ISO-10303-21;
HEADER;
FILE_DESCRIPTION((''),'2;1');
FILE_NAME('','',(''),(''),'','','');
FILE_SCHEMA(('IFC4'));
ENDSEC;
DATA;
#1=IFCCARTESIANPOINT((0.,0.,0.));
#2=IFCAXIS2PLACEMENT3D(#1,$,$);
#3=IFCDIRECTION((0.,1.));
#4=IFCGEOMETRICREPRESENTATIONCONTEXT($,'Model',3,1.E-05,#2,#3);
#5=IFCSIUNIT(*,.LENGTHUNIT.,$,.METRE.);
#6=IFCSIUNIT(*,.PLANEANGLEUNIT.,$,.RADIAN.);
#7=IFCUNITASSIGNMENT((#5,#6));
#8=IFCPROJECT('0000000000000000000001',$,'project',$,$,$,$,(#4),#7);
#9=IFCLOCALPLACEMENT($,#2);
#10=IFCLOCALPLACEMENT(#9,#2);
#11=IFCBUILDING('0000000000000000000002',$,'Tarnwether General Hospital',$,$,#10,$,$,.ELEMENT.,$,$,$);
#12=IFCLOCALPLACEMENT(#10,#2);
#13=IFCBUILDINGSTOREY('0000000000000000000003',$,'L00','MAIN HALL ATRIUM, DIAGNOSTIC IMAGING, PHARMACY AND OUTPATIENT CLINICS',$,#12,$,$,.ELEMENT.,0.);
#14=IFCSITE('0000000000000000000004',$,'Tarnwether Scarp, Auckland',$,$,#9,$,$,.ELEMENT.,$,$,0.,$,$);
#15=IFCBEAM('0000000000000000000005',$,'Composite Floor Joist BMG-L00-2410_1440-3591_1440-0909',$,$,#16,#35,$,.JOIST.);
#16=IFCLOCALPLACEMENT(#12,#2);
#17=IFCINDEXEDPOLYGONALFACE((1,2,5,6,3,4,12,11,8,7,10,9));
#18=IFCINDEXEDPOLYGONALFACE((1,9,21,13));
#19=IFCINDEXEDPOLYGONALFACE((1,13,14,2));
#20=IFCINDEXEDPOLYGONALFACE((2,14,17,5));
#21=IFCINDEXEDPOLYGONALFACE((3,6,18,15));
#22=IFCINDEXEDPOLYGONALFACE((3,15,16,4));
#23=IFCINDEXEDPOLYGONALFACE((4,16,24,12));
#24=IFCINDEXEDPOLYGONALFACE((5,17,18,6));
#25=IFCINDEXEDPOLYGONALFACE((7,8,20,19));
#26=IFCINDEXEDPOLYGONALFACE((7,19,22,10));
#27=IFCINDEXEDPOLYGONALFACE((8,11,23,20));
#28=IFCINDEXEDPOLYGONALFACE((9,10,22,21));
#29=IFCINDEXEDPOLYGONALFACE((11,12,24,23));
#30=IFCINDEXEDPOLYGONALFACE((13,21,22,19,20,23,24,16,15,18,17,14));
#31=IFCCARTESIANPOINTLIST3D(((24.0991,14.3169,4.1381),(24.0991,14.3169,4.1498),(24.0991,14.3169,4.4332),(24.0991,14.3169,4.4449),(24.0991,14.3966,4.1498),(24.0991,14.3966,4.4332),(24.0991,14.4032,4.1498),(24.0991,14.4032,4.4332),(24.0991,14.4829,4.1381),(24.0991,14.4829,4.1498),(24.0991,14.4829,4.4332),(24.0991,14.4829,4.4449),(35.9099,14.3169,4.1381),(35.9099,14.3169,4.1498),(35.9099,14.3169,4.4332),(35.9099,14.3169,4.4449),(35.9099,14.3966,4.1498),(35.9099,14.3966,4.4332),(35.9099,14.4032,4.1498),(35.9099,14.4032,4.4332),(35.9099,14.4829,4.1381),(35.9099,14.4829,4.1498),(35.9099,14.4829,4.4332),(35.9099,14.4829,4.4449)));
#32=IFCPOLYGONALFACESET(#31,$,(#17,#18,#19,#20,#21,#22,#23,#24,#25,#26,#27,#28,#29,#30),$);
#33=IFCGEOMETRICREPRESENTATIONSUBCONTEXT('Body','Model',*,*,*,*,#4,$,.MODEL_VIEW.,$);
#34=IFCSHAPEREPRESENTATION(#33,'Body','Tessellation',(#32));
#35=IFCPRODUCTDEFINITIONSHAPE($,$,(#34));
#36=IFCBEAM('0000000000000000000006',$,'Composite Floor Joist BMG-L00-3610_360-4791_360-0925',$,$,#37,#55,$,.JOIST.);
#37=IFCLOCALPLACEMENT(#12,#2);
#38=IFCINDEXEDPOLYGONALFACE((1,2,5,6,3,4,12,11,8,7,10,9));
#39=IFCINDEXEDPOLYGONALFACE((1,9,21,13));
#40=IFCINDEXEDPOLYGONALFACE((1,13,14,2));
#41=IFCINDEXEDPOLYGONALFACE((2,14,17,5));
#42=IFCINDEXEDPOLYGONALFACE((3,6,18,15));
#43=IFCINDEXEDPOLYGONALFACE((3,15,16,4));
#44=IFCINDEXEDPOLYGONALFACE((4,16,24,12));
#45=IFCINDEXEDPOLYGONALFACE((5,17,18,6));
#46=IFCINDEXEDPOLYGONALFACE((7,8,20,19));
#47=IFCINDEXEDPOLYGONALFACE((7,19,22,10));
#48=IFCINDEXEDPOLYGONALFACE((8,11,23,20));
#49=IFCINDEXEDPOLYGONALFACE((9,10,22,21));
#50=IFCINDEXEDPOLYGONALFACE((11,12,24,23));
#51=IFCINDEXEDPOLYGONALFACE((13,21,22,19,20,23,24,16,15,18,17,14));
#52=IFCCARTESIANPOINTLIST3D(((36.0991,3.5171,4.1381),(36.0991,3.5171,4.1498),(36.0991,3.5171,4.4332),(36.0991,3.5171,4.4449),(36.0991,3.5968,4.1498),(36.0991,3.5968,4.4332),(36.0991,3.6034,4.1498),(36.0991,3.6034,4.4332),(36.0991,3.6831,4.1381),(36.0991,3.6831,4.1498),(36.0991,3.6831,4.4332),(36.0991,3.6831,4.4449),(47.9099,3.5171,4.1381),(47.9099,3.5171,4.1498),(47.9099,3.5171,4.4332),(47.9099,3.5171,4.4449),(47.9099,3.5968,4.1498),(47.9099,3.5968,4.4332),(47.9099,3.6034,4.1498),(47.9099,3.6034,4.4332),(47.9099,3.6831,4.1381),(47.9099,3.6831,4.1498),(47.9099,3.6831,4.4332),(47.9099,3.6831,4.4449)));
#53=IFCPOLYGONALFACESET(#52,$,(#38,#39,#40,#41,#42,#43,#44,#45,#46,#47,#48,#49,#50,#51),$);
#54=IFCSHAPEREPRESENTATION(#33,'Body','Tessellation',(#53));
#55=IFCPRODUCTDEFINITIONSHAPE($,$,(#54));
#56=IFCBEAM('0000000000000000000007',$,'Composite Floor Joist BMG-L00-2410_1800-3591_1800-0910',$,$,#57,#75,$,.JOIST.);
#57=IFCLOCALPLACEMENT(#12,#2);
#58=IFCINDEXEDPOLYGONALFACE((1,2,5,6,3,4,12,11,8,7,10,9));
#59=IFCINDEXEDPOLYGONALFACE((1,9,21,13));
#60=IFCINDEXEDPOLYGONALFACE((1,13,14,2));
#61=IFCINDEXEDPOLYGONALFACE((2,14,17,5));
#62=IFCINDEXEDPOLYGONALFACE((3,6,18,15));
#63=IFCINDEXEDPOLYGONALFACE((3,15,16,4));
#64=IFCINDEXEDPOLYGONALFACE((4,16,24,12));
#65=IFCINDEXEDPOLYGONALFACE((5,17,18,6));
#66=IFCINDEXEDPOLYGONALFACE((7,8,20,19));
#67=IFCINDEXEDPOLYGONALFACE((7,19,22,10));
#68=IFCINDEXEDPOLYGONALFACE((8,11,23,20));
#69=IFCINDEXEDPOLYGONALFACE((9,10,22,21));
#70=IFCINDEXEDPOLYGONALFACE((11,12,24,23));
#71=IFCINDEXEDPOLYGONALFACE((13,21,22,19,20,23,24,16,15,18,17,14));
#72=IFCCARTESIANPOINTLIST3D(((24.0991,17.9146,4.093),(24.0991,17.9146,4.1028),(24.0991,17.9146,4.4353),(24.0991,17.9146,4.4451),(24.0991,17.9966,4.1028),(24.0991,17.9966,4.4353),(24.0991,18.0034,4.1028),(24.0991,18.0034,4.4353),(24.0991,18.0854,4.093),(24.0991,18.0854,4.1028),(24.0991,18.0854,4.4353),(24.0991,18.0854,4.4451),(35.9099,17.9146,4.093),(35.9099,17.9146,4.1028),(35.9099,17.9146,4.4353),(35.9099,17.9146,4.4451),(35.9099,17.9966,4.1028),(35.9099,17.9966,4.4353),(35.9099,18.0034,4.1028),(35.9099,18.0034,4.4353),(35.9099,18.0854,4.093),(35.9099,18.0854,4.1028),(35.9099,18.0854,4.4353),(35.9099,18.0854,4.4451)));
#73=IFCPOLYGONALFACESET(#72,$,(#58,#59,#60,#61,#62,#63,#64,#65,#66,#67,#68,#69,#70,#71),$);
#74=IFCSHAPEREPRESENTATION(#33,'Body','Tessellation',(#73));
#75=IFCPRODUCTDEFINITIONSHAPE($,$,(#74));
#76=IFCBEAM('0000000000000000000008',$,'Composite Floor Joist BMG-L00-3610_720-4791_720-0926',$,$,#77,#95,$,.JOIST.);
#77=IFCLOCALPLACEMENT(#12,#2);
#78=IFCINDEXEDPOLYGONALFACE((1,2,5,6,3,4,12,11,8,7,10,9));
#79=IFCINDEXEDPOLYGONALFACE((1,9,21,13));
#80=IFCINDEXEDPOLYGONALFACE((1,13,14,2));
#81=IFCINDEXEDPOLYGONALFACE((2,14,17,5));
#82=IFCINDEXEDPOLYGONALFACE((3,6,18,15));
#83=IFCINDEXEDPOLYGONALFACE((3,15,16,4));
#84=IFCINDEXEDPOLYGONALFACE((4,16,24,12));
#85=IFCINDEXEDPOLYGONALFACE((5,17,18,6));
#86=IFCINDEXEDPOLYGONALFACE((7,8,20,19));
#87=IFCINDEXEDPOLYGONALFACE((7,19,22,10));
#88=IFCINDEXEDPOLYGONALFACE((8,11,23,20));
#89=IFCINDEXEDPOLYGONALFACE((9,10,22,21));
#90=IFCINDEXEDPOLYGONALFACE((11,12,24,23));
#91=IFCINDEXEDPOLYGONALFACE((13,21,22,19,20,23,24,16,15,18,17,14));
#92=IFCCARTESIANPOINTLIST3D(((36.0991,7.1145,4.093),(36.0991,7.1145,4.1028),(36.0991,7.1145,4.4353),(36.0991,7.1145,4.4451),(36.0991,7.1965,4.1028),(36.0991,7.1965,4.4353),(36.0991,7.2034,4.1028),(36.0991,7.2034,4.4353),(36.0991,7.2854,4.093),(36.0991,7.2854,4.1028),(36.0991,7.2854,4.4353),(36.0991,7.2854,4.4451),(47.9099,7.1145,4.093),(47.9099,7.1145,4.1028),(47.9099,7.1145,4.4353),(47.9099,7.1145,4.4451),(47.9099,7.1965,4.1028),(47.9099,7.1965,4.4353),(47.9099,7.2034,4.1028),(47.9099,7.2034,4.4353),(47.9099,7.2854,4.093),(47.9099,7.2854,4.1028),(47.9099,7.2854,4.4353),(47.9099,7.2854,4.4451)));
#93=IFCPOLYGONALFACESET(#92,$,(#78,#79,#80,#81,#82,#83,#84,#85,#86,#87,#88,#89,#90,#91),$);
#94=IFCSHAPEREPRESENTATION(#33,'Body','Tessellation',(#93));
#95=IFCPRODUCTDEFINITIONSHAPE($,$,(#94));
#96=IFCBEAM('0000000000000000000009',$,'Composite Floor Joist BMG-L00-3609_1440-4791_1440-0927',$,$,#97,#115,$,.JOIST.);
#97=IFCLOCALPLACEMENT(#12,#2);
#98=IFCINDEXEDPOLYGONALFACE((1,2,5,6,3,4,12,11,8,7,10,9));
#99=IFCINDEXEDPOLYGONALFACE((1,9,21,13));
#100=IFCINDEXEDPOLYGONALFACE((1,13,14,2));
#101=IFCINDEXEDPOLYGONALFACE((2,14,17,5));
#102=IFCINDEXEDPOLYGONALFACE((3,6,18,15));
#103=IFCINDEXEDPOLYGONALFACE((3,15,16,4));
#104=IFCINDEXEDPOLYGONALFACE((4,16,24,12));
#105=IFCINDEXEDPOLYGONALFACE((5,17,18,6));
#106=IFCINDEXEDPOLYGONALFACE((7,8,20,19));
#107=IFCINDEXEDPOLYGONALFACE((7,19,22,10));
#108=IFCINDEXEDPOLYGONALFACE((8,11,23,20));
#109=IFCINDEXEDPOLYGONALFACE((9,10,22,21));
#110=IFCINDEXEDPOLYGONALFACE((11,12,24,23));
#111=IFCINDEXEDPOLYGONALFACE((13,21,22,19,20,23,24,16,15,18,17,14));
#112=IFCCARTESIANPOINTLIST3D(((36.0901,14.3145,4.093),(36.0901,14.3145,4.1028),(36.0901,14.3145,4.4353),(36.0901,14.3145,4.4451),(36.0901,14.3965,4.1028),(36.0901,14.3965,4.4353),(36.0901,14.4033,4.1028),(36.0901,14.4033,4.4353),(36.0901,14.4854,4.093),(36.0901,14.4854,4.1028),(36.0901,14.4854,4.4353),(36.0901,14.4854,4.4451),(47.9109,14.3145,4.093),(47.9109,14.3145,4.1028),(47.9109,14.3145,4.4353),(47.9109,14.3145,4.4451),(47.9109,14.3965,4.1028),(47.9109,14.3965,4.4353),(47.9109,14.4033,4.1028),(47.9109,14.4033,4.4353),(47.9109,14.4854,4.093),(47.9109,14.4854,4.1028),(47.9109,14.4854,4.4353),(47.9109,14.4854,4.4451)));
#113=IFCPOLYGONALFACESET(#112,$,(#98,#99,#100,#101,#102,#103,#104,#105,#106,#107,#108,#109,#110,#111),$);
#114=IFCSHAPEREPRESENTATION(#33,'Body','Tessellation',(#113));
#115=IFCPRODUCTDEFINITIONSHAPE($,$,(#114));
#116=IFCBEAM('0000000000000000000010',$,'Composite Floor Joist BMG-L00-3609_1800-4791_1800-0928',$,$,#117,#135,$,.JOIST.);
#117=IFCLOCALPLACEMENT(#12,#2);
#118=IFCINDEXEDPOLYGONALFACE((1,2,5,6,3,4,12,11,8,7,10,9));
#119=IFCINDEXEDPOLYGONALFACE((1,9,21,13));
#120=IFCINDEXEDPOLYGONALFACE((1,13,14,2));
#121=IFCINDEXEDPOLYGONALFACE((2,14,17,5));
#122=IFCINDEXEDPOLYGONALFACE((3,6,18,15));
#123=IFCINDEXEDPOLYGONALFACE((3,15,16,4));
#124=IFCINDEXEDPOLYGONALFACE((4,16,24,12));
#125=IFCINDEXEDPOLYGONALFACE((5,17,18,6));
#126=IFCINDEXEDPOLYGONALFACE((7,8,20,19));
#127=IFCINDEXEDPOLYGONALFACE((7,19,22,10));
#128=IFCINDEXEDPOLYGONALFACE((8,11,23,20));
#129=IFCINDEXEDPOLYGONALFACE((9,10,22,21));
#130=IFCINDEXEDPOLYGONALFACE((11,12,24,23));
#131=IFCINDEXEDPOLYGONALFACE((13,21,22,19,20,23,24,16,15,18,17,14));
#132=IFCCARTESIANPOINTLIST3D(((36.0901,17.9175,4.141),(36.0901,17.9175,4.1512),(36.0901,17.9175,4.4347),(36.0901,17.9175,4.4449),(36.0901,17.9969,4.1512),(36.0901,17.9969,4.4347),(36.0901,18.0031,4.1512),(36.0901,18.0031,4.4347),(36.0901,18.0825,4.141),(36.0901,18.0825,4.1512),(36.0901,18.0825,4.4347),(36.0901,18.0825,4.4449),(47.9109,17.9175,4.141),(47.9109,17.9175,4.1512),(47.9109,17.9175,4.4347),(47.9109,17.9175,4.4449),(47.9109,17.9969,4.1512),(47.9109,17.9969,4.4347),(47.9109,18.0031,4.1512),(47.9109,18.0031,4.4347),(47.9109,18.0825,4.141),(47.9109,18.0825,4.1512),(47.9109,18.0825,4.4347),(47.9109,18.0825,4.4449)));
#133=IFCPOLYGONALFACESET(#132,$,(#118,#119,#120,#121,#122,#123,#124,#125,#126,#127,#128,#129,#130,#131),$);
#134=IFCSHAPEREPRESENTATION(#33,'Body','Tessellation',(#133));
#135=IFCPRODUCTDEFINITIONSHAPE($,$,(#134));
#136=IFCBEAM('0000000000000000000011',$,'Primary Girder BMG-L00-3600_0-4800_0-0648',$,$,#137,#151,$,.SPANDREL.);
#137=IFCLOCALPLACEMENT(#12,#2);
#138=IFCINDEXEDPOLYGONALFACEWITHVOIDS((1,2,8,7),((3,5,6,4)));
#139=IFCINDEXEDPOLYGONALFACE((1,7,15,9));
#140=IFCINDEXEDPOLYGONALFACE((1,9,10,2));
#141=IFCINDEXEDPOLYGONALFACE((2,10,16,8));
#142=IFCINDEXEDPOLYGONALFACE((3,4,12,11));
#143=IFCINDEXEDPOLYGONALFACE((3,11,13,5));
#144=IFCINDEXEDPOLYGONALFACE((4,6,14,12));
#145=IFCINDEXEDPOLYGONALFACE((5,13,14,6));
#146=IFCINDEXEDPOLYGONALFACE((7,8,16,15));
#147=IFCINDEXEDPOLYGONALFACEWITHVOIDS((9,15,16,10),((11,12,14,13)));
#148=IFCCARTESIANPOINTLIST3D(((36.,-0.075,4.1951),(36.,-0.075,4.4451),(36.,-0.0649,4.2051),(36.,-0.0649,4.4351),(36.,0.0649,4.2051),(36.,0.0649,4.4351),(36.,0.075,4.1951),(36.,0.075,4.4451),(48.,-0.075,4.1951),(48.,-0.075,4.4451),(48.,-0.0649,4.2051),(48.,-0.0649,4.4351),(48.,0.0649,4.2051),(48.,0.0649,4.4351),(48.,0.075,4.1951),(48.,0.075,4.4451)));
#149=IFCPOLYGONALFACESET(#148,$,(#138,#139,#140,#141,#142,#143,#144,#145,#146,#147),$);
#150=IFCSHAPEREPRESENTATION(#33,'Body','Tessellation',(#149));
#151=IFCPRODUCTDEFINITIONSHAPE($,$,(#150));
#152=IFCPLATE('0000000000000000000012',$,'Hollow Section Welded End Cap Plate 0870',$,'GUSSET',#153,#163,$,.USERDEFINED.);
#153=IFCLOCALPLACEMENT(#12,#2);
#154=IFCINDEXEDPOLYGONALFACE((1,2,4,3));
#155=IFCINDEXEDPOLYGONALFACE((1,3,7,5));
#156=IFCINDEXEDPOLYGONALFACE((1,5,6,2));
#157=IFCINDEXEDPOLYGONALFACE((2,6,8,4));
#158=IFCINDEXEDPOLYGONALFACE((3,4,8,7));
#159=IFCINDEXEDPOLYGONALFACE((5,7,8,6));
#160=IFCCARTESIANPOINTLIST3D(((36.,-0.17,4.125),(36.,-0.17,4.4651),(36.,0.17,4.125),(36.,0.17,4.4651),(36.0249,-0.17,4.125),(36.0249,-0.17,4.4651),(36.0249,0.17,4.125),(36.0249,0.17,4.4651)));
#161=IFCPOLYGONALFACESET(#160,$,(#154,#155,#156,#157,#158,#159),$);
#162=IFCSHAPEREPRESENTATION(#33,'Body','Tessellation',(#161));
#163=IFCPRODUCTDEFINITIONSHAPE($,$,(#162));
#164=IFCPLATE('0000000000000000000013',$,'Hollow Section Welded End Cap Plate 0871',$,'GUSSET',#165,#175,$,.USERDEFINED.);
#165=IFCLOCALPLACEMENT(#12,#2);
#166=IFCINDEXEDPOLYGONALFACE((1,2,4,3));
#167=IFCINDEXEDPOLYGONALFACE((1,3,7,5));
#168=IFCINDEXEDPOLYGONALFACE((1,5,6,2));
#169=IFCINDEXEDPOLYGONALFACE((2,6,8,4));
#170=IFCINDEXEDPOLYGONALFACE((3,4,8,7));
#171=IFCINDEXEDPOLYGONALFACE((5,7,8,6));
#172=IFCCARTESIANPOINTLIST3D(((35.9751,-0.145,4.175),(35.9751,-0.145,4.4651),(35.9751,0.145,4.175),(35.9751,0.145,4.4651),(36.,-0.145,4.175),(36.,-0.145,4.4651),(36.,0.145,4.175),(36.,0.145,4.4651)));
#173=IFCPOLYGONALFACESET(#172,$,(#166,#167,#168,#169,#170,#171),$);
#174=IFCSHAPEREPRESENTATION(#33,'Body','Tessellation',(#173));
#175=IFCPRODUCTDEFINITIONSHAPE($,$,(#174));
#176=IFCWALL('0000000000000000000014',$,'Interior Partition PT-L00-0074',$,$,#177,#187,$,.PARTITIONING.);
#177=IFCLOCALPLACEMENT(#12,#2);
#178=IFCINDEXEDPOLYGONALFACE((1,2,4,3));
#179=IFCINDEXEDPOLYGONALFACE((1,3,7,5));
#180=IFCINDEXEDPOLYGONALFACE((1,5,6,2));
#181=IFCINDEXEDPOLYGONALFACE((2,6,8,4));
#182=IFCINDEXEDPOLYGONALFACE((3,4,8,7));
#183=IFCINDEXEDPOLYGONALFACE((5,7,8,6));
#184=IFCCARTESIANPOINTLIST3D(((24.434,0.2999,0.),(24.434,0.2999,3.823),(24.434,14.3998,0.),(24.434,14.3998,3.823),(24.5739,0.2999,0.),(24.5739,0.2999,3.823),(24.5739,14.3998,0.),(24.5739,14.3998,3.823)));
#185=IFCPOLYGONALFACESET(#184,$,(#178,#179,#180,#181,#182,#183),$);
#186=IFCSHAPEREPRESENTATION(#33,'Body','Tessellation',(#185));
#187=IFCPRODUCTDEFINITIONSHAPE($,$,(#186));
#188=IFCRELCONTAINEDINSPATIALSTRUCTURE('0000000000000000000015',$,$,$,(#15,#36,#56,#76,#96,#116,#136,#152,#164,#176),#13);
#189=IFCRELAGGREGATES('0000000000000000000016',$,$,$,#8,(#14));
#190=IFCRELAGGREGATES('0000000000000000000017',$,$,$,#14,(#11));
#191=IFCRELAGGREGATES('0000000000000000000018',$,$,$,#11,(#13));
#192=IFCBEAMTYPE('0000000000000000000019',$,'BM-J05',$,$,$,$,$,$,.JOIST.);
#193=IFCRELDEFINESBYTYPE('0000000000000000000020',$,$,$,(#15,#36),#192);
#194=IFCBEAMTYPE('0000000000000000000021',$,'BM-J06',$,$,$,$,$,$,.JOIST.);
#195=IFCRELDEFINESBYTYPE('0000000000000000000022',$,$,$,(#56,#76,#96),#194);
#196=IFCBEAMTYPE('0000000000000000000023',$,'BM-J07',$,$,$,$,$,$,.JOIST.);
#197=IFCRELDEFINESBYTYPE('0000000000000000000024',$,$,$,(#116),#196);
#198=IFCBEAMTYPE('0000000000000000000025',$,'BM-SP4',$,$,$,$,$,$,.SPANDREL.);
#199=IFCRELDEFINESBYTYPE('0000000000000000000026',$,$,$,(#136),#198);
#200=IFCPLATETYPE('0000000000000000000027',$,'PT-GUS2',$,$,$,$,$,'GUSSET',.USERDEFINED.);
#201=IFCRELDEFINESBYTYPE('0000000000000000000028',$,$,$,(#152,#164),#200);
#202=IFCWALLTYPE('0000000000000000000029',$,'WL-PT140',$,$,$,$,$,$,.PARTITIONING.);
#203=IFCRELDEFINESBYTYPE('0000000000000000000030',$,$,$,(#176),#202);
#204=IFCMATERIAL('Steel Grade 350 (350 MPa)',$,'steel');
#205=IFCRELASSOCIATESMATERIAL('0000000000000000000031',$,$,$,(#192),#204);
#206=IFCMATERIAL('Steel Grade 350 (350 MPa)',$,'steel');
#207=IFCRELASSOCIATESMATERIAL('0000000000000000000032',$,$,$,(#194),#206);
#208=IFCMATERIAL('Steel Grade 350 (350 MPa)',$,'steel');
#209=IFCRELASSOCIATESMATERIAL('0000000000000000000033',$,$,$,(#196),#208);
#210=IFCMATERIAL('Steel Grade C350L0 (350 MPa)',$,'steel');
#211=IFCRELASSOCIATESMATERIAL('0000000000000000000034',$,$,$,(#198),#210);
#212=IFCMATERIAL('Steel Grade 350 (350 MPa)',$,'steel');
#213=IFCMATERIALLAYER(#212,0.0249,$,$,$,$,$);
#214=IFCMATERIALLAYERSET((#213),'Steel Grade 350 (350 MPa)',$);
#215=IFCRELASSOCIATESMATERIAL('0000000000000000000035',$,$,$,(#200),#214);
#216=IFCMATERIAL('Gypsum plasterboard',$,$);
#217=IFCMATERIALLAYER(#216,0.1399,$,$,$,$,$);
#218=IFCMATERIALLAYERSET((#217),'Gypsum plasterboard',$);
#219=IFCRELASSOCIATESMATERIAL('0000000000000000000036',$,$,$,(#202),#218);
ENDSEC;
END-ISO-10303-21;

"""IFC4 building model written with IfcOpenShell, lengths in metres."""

from ifc_helpers import new_model, si_unit, direction, frame, frame_2d, origin, origin_2d, place, context, subcontext, project, spatial, rectangle, hollow_rectangle, i_section, extrude, material, layer, layer_set, material_profile, profile_set, type_object, element, save


model = new_model("IFC4")

# Units and contexts
model_context = context("Model", 3, precision=1e-05, world=origin(), true_north=direction((0.0, 1.0)))
body_context = subcontext(model_context, "Body", "Model", "MODEL_VIEW")
ifc_project = project(units=[si_unit("LENGTHUNIT", "METRE"), si_unit("PLANEANGLEUNIT", "RADIAN")], contexts=[model_context])

# Site, building, storey
site_placement = place(None, origin())
site = spatial("IfcSite", under=ifc_project, at=site_placement, Name="Tarnwether Scarp, Auckland", CompositionType="ELEMENT", RefElevation=0.0)
building_placement = place(site_placement, origin())
building = spatial("IfcBuilding", under=site, at=building_placement, Name="Tarnwether General Hospital", CompositionType="ELEMENT")
storey_placement = place(building_placement, origin())
storey = spatial("IfcBuildingStorey", under=building, at=storey_placement, Name="L00", Description="MAIN HALL ATRIUM, DIAGNOSTIC IMAGING, PHARMACY AND OUTPATIENT CLINICS", CompositionType="ELEMENT", Elevation=0.0)

# Beams
ifc_material_1 = material(Name="Steel Grade 350 (350 MPa)", Category="steel")
ifc_material_profile_1 = material_profile(ifc_material_1, i_section(OverallWidth=0.166, OverallDepth=0.3069, WebThickness=0.0066, FlangeThickness=0.0117, at=origin_2d()), Name="310UB46.2")
ifc_profile_set_1 = profile_set([ifc_material_profile_1], Name="Steel Grade 350 (350 MPa)")
beam_type_1 = type_object("IfcBeamType", Name="BM-J05", PredefinedType="JOIST", material=ifc_profile_set_1)
for number, where, z_axis, x_axis, name in (
    (1, (24.0991, 14.3999, 4.2915), (1.0, 0.0, 0.0), (0.0, 1.0, 0.0), "Composite Floor Joist BMG-L00-2410_1440-3591_1440-0909"),
    (2, (36.0991, 3.6001, 4.2915), (1.0, 0.0, 0.0), (0.0, 1.0, 0.0), "Composite Floor Joist BMG-L00-3610_360-4791_360-0925"),
):
    element("IfcBeam", number, at=place(storey_placement, frame(where, z_axis=z_axis, x_axis=x_axis)), inside=storey, type_object=beam_type_1, Name=name, PredefinedType="JOIST", context=body_context, shape_type="SweptSolid", body=[
        extrude(i_section(OverallWidth=0.166, OverallDepth=0.3069, WebThickness=0.0066, FlangeThickness=0.0117, at=origin_2d()), origin(), (0.0, 0.0, 1.0), 11.8108),
    ])
ifc_material_2 = material(Name="Steel Grade 350 (350 MPa)", Category="steel")
ifc_material_profile_2 = material_profile(ifc_material_2, i_section(OverallWidth=0.1709, OverallDepth=0.3521, WebThickness=0.0068, FlangeThickness=0.0098, at=origin_2d()), Name="360UB44.7")
ifc_profile_set_2 = profile_set([ifc_material_profile_2], Name="Steel Grade 350 (350 MPa)")
beam_type_2 = type_object("IfcBeamType", Name="BM-J06", PredefinedType="JOIST", material=ifc_profile_set_2)
for number, where, z_axis, x_axis, name in (
    (3, (24.0991, 18.0, 4.269), (1.0, 0.0, 0.0), (0.0, 1.0, 0.0), "Composite Floor Joist BMG-L00-2410_1800-3591_1800-0910"),
    (4, (36.0991, 7.2, 4.269), (1.0, 0.0, 0.0), (0.0, 1.0, 0.0), "Composite Floor Joist BMG-L00-3610_720-4791_720-0926"),
):
    element("IfcBeam", number, at=place(storey_placement, frame(where, z_axis=z_axis, x_axis=x_axis)), inside=storey, type_object=beam_type_2, Name=name, PredefinedType="JOIST", context=body_context, shape_type="SweptSolid", body=[
        extrude(i_section(OverallWidth=0.1709, OverallDepth=0.3521, WebThickness=0.0068, FlangeThickness=0.0098, at=origin_2d()), origin(), (0.0, 0.0, 1.0), 11.8108),
    ])
beam_1_placement = place(storey_placement, frame((36.0901, 14.3999, 4.269), z_axis=(1.0, 0.0, 0.0), x_axis=(0.0, 1.0, 0.0)))
element("IfcBeam", 5, at=beam_1_placement, inside=storey, type_object=beam_type_2, Name="Composite Floor Joist BMG-L00-3609_1440-4791_1440-0927", PredefinedType="JOIST", context=body_context, shape_type="SweptSolid", body=[
    extrude(i_section(OverallWidth=0.1709, OverallDepth=0.3521, WebThickness=0.0068, FlangeThickness=0.0098, at=origin_2d()), origin(), (0.0, 0.0, 1.0), 11.8208),
])
ifc_material_3 = material(Name="Steel Grade 350 (350 MPa)", Category="steel")
ifc_material_profile_3 = material_profile(ifc_material_3, i_section(OverallWidth=0.165, OverallDepth=0.304, WebThickness=0.0061, FlangeThickness=0.0103, at=origin_2d()), Name="310UB40.4")
ifc_profile_set_3 = profile_set([ifc_material_profile_3], Name="Steel Grade 350 (350 MPa)")
beam_type_3 = type_object("IfcBeamType", Name="BM-J07", PredefinedType="JOIST", material=ifc_profile_set_3)
beam_2_placement = place(storey_placement, frame((36.0901, 18.0, 4.293), z_axis=(1.0, 0.0, 0.0), x_axis=(0.0, 1.0, 0.0)))
element("IfcBeam", 6, at=beam_2_placement, inside=storey, type_object=beam_type_3, Name="Composite Floor Joist BMG-L00-3609_1800-4791_1800-0928", PredefinedType="JOIST", context=body_context, shape_type="SweptSolid", body=[
    extrude(i_section(OverallWidth=0.165, OverallDepth=0.304, WebThickness=0.0061, FlangeThickness=0.0103, at=origin_2d()), origin(), (0.0, 0.0, 1.0), 11.8208),
])
ifc_material_4 = material(Name="Steel Grade C350L0 (350 MPa)", Category="steel")
ifc_material_profile_4 = material_profile(ifc_material_4, hollow_rectangle(XDim=0.1499, YDim=0.25, WallThickness=0.01, at=origin_2d()), Name="RHS250x150x10")
ifc_profile_set_4 = profile_set([ifc_material_profile_4], Name="Steel Grade C350L0 (350 MPa)")
beam_type_4 = type_object("IfcBeamType", Name="BM-SP4", PredefinedType="SPANDREL", material=ifc_profile_set_4)
beam_3_placement = place(storey_placement, frame((36.0, 0.0, 4.3201), z_axis=(1.0, 0.0, 0.0), x_axis=(0.0, 1.0, 0.0)))
element("IfcBeam", 7, at=beam_3_placement, inside=storey, type_object=beam_type_4, Name="Primary Girder BMG-L00-3600_0-4800_0-0648", PredefinedType="SPANDREL", context=body_context, shape_type="SweptSolid", body=[
    extrude(hollow_rectangle(XDim=0.1499, YDim=0.25, WallThickness=0.01, at=origin_2d()), origin(), (0.0, 0.0, 1.0), 12.0),
])

# Plates
ifc_material_5 = material(Name="Steel Grade 350 (350 MPa)", Category="steel")
ifc_layer_1 = layer(ifc_material_5, 0.0249)
ifc_layer_set_1 = layer_set([ifc_layer_1], Name="Steel Grade 350 (350 MPa)")
plate_type = type_object("IfcPlateType", Name="PT-GUS2", ElementType="GUSSET", PredefinedType="USERDEFINED", material=ifc_layer_set_1)
plate_1_placement = place(storey_placement, frame((36.0125, 0.0, 4.125), z_axis=(0.0, 0.0, 1.0), x_axis=(1.0, 0.0, 0.0)))
element("IfcPlate", 8, at=plate_1_placement, inside=storey, type_object=plate_type, Name="Hollow Section Welded End Cap Plate 0870", ObjectType="GUSSET", PredefinedType="USERDEFINED", context=body_context, shape_type="SweptSolid", body=[
    extrude(rectangle(XDim=0.0249, YDim=0.3401, at=origin_2d()), origin(), (0.0, 0.0, 1.0), 0.3401),
])
plate_2_placement = place(storey_placement, frame((35.9875, 0.0, 4.175), z_axis=(0.0, 0.0, 1.0), x_axis=(1.0, 0.0, 0.0)))
element("IfcPlate", 9, at=plate_2_placement, inside=storey, type_object=plate_type, Name="Hollow Section Welded End Cap Plate 0871", ObjectType="GUSSET", PredefinedType="USERDEFINED", context=body_context, shape_type="SweptSolid", body=[
    extrude(rectangle(XDim=0.0249, YDim=0.29, at=origin_2d()), origin(), (0.0, 0.0, 1.0), 0.29),
])

# Wall
ifc_material_6 = material(Name="Gypsum plasterboard")
ifc_layer_2 = layer(ifc_material_6, 0.1399)
ifc_layer_set_2 = layer_set([ifc_layer_2], Name="Gypsum plasterboard")
wall_type_1 = type_object("IfcWallType", Name="WL-PT140", PredefinedType="PARTITIONING", material=ifc_layer_set_2)
wall_1_placement = place(storey_placement, frame((24.5039, 0.3, 0.0), z_axis=(0.0, 0.0, 1.0), x_axis=(0.0, 1.0, 0.0)))
element("IfcWall", 10, at=wall_1_placement, inside=storey, type_object=wall_type_1, Name="Interior Partition PT-L00-0074", PredefinedType="PARTITIONING", context=body_context, shape_type="SweptSolid", body=[
    extrude(rectangle(XDim=14.0999, YDim=0.1399, at=frame_2d((7.0498, 0.0))), origin(), (0.0, 0.0, 1.0), 3.823),
])

save(model, "model.ifc")
